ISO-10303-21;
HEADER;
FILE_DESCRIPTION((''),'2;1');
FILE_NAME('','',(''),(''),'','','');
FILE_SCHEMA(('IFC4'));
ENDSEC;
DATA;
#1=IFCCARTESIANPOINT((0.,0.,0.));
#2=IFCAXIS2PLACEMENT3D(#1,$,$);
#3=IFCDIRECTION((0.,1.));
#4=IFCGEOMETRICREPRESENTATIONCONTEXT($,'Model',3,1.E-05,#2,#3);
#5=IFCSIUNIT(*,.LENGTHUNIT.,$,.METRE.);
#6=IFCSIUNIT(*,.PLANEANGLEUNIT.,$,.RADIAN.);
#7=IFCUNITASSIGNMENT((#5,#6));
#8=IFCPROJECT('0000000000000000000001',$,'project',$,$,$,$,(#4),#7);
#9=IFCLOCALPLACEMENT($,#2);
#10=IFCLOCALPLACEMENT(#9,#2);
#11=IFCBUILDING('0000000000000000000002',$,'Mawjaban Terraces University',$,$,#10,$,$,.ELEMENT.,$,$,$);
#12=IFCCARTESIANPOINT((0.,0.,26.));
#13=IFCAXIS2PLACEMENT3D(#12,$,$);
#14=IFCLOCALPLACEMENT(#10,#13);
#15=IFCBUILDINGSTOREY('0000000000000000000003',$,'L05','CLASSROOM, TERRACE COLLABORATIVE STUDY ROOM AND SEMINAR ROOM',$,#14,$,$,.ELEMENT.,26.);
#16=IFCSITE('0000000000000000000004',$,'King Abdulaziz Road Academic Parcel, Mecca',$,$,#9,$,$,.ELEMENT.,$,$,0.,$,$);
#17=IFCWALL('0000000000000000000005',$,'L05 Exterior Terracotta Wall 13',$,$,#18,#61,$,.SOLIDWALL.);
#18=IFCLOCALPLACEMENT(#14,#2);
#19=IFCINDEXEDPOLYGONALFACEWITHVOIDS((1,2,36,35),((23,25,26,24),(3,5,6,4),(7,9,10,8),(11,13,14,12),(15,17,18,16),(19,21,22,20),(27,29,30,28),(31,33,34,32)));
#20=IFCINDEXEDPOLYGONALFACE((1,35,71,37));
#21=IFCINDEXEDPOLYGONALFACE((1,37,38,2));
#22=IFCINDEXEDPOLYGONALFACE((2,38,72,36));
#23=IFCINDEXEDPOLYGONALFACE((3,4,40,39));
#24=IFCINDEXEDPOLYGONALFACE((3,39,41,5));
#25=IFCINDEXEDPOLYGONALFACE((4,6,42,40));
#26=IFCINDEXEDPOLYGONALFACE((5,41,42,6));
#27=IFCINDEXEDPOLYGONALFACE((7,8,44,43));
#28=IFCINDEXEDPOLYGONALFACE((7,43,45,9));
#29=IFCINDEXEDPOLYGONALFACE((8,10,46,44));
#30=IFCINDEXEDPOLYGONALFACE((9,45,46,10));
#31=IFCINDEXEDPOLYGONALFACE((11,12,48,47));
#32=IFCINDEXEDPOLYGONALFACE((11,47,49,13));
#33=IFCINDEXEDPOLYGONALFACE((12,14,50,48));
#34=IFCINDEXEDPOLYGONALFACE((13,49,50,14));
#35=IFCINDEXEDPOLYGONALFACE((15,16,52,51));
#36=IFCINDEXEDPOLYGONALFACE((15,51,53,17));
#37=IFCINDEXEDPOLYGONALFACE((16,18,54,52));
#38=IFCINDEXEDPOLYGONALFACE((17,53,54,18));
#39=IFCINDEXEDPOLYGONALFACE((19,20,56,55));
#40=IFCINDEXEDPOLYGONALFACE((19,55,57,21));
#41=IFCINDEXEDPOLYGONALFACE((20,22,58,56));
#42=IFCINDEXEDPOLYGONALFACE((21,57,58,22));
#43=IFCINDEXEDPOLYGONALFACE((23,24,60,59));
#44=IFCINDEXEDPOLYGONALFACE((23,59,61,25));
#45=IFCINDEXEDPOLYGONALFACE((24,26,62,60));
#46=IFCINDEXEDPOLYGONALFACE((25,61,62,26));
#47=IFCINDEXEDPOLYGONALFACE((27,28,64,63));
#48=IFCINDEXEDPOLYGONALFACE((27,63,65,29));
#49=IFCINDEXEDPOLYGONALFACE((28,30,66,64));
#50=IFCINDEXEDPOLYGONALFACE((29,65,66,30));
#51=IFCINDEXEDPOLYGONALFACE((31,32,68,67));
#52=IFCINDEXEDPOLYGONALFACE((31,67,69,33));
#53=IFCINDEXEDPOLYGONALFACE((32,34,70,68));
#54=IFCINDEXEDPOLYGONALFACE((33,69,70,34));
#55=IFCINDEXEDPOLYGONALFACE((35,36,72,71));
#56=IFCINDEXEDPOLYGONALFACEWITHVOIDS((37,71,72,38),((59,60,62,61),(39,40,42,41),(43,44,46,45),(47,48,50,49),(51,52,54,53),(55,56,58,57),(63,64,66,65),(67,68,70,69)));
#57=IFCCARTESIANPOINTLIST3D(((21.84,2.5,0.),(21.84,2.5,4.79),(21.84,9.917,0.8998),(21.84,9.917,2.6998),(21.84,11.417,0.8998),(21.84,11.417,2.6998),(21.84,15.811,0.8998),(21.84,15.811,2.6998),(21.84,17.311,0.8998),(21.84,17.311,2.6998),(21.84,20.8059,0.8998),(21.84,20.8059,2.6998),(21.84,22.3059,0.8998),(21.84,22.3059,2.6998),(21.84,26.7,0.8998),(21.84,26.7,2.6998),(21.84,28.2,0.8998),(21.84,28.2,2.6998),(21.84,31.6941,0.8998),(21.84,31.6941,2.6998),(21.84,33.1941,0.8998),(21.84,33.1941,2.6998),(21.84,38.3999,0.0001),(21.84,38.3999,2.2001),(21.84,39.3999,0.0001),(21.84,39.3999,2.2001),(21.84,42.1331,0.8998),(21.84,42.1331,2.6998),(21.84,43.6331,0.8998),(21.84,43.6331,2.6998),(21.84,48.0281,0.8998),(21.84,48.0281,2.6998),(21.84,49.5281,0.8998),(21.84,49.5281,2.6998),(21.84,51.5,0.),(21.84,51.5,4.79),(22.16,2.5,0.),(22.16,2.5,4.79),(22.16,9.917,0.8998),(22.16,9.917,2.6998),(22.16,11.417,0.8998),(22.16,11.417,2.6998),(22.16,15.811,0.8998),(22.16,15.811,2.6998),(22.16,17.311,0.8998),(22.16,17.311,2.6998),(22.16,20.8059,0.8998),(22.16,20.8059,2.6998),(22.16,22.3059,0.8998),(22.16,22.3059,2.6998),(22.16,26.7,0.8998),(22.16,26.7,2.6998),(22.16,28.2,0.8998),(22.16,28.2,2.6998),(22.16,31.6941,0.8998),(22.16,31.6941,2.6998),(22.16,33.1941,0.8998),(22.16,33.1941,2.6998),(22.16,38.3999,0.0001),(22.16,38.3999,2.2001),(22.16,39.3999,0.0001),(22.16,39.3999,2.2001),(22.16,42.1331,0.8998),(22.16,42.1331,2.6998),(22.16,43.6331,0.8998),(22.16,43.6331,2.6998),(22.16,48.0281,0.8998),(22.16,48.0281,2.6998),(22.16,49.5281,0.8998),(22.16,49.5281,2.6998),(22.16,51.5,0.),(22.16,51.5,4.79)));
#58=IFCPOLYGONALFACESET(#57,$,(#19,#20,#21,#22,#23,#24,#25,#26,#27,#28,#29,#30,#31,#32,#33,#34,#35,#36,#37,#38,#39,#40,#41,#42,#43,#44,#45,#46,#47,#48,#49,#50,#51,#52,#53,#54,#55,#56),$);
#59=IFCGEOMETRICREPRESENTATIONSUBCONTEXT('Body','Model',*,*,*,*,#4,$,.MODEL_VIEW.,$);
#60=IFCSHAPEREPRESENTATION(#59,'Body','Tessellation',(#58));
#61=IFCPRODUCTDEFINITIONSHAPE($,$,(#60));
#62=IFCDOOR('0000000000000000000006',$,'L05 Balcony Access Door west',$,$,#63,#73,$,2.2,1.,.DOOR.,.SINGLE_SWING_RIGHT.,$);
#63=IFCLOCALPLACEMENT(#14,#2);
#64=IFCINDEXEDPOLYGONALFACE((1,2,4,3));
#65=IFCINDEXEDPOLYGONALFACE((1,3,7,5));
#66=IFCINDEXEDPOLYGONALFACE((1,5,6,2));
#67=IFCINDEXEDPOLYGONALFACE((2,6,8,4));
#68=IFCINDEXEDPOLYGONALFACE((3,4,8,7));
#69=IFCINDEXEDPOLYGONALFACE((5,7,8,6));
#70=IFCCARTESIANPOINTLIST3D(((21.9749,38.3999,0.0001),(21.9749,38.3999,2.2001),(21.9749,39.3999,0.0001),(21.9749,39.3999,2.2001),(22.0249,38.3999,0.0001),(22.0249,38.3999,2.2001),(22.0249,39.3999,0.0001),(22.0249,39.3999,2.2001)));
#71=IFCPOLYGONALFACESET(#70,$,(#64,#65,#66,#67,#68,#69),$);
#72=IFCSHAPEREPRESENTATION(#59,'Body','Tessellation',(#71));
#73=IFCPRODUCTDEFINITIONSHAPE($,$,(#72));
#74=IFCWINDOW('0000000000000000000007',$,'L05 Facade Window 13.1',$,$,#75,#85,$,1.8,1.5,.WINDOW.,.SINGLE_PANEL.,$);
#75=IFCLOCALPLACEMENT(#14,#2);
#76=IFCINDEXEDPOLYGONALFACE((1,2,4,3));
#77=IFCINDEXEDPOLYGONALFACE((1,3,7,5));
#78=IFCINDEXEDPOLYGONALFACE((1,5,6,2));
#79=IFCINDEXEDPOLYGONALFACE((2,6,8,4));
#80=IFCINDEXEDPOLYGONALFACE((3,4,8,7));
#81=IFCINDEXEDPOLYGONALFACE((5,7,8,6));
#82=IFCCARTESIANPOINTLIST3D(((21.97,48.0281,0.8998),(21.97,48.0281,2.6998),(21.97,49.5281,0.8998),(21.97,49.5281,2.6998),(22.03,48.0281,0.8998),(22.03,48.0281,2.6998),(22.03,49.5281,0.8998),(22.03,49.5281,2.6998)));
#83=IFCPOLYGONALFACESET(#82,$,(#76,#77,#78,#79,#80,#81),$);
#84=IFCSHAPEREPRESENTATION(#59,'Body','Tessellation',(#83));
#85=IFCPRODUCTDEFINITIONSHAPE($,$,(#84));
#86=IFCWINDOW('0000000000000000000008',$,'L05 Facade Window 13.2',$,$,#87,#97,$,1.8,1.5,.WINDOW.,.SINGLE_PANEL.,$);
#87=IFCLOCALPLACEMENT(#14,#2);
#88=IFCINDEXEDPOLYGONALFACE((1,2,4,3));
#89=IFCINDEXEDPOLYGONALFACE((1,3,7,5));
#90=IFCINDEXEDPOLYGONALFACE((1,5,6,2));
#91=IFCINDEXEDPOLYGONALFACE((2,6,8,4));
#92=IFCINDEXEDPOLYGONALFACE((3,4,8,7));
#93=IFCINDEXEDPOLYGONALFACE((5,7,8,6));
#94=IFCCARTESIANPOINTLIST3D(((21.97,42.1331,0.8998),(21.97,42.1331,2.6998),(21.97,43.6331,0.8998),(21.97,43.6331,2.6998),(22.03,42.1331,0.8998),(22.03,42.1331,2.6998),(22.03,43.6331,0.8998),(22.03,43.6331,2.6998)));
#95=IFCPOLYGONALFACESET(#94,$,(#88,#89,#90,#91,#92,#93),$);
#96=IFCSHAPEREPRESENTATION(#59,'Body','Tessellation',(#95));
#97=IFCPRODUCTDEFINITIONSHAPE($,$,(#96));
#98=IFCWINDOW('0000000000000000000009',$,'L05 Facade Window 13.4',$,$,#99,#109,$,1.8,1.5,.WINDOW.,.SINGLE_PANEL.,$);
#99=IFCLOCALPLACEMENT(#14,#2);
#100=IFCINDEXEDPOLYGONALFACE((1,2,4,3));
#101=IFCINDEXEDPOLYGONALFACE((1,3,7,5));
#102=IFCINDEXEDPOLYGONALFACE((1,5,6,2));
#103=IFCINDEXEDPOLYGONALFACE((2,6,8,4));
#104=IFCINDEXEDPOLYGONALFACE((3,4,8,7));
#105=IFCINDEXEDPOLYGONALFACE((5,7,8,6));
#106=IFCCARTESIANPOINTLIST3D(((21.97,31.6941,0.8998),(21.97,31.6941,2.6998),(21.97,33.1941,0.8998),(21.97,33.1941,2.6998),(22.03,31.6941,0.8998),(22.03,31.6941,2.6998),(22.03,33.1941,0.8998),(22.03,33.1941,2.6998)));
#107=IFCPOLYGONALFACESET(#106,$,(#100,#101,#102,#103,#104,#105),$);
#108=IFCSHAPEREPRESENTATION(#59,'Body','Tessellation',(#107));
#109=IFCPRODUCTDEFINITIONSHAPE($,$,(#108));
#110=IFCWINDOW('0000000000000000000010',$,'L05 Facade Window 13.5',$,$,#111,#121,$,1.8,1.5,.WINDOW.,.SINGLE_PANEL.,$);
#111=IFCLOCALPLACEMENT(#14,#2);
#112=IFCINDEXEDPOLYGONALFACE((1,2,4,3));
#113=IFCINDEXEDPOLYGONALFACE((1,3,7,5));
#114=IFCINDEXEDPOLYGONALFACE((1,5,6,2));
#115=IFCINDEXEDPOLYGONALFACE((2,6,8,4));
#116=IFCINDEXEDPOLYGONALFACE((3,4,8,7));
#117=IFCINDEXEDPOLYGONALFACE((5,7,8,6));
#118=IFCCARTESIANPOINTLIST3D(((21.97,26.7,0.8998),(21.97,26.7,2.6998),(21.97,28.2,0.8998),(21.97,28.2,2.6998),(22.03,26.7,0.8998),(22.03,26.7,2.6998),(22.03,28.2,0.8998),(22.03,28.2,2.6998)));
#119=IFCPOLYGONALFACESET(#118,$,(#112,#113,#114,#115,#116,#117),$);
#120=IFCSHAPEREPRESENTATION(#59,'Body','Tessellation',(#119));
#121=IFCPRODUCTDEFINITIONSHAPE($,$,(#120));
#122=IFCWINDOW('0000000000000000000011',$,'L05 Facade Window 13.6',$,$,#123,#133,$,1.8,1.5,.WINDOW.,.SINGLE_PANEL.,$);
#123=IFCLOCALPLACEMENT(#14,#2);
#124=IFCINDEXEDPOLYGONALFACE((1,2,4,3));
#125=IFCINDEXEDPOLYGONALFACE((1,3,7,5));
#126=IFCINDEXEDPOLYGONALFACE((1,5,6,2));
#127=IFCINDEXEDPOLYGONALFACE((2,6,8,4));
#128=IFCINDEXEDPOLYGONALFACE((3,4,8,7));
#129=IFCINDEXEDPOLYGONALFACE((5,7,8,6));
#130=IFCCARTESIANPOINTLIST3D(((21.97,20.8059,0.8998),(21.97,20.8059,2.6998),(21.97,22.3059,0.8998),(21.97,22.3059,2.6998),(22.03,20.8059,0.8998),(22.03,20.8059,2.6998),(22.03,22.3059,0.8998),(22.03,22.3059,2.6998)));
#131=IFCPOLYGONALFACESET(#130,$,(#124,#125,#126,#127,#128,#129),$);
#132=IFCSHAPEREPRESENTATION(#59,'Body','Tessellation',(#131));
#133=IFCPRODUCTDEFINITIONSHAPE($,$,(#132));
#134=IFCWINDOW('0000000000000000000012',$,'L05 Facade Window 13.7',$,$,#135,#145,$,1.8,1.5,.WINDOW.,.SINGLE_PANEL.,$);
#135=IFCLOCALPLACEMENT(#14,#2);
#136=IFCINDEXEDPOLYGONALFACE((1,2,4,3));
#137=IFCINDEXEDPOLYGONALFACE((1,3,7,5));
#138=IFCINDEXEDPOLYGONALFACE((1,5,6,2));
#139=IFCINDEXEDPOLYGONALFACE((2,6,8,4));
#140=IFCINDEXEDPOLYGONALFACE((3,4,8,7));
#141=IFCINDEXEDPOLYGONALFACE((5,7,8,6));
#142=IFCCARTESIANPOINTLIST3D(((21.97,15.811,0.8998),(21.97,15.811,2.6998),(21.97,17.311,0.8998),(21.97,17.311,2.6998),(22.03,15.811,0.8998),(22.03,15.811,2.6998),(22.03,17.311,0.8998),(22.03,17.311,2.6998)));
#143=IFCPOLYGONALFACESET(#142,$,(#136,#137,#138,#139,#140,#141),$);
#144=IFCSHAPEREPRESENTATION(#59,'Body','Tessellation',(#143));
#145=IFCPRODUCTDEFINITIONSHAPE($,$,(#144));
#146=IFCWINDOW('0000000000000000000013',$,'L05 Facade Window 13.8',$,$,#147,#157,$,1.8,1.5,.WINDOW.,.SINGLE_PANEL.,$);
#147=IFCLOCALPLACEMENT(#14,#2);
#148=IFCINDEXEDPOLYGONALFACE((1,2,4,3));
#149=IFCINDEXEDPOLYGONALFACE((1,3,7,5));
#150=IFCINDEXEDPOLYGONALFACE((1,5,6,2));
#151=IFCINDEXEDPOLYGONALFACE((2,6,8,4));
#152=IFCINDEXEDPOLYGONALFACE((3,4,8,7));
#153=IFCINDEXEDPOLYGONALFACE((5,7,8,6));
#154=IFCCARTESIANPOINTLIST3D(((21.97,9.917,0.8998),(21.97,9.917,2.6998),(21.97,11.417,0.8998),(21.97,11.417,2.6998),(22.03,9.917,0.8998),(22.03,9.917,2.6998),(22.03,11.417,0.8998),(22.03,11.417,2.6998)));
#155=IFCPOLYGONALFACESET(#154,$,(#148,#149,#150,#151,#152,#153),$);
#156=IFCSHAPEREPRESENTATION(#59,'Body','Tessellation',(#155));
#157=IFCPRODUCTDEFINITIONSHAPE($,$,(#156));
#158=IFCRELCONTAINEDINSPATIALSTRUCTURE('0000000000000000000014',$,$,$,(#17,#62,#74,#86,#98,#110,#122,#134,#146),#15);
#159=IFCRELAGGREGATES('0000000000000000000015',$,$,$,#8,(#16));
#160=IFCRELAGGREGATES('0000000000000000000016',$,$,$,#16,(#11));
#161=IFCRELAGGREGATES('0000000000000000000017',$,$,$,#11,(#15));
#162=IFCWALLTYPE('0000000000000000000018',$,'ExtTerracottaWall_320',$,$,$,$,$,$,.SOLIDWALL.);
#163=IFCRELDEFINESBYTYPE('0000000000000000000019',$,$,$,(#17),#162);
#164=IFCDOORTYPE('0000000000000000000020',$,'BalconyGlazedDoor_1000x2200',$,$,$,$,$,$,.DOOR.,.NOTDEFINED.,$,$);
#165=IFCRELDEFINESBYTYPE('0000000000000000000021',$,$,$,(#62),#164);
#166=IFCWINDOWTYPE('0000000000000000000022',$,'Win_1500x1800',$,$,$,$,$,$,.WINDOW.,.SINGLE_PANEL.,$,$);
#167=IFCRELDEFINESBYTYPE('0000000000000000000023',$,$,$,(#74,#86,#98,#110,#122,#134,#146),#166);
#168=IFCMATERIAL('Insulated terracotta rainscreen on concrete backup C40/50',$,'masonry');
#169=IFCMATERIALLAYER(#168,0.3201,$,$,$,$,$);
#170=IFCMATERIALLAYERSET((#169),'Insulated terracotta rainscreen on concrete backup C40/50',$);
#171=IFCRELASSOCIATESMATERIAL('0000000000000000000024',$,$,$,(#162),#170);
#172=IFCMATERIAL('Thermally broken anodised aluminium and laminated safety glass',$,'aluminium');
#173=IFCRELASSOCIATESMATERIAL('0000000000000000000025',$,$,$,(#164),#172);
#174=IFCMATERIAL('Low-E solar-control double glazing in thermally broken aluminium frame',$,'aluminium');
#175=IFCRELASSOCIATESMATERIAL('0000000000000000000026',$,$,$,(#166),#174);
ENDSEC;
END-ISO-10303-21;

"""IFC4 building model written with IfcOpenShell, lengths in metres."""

from ifc_helpers import new_model, si_unit, direction, frame, frame_2d, origin, place, context, subcontext, project, spatial, rectangle, extrude, material, layer, layer_set, type_object, element, fill, save


model = new_model("IFC4")

# Units and contexts
model_context = context("Model", 3, precision=1e-05, world=origin(), true_north=direction((0.0, 1.0)))
body_context = subcontext(model_context, "Body", "Model", "MODEL_VIEW")
ifc_project = project(units=[si_unit("LENGTHUNIT", "METRE"), si_unit("PLANEANGLEUNIT", "RADIAN")], contexts=[model_context])

# Site, building, storey
site_placement = place(None, origin())
site = spatial("IfcSite", under=ifc_project, at=site_placement, Name="King Abdulaziz Road Academic Parcel, Mecca", CompositionType="ELEMENT", RefElevation=0.0)
building_placement = place(site_placement, origin())
building = spatial("IfcBuilding", under=site, at=building_placement, Name="Mawjaban Terraces University", CompositionType="ELEMENT")
storey_placement = place(building_placement, frame((0.0, 0.0, 26.0)))
storey = spatial("IfcBuildingStorey", under=building, at=storey_placement, Name="L05", Description="CLASSROOM, TERRACE COLLABORATIVE STUDY ROOM AND SEMINAR ROOM", CompositionType="ELEMENT", Elevation=26.0)

# Shared definitions
ifc_material_1 = material(Name="Insulated terracotta rainscreen on concrete backup C40/50", Category="masonry")
ifc_layer_1 = layer(ifc_material_1, 0.3201)
ifc_layer_set_1 = layer_set([ifc_layer_1], Name="Insulated terracotta rainscreen on concrete backup C40/50")
wall_type_1 = type_object("IfcWallType", Name="ExtTerracottaWall_320", PredefinedType="SOLIDWALL", material=ifc_layer_set_1)

# Wall, openings, door, windows
wall_1_placement = place(storey_placement, frame((22.0, 51.5, 0.0), z_axis=(0.0, 0.0, 1.0), x_axis=(0.0, -1.0, 0.0)))
wall_1 = element("IfcWall", 1, at=wall_1_placement, inside=storey, type_object=wall_type_1, Name="L05 Exterior Terracotta Wall 13", PredefinedType="SOLIDWALL", context=body_context, shape_type="SweptSolid", body=[
    extrude(rectangle(XDim=49.0, YDim=0.3201, at=frame_2d((24.5, 0.0))), origin(), (0.0, 0.0, 1.0), 4.79),
])
opening_1_placement = place(wall_1_placement, frame((12.1001, 0.0, 0.0)))
opening_1 = element("IfcOpeningElement", 2, at=opening_1_placement, cuts=wall_1, PredefinedType="OPENING", context=body_context, shape_type="SweptSolid", body=[
    extrude(rectangle(XDim=1.0, YDim=2.2, at=frame_2d((0.5, 1.1001))), frame((0.0, 0.1699, 0.0), z_axis=(0.0, -1.0, 0.0), x_axis=(1.0, 0.0, 0.0)), (0.0, 0.0, 1.0), 0.3401),
])
opening_2_placement = place(wall_1_placement, frame((1.9719, 0.0, 0.8999)))
opening_2 = element("IfcOpeningElement", 3, at=opening_2_placement, cuts=wall_1, PredefinedType="OPENING", context=body_context, shape_type="SweptSolid", body=[
    extrude(rectangle(XDim=1.5, YDim=1.8, at=frame_2d((0.75, 0.8999))), frame((0.0, 0.1699, 0.0), z_axis=(0.0, -1.0, 0.0), x_axis=(1.0, 0.0, 0.0)), (0.0, 0.0, 1.0), 0.3401),
])
opening_3_placement = place(wall_1_placement, frame((7.8669, 0.0, 0.8999)))
opening_3 = element("IfcOpeningElement", 4, at=opening_3_placement, cuts=wall_1, PredefinedType="OPENING", context=body_context, shape_type="SweptSolid", body=[
    extrude(rectangle(XDim=1.5, YDim=1.8, at=frame_2d((0.75, 0.8999))), frame((0.0, 0.1699, 0.0), z_axis=(0.0, -1.0, 0.0), x_axis=(1.0, 0.0, 0.0)), (0.0, 0.0, 1.0), 0.3401),
])
opening_4_placement = place(wall_1_placement, frame((18.3059, 0.0, 0.8999)))
opening_4 = element("IfcOpeningElement", 5, at=opening_4_placement, cuts=wall_1, PredefinedType="OPENING", context=body_context, shape_type="SweptSolid", body=[
    extrude(rectangle(XDim=1.5, YDim=1.8, at=frame_2d((0.75, 0.8999))), frame((0.0, 0.1699, 0.0), z_axis=(0.0, -1.0, 0.0), x_axis=(1.0, 0.0, 0.0)), (0.0, 0.0, 1.0), 0.3401),
])
opening_5_placement = place(wall_1_placement, frame((23.3, 0.0, 0.8999)))
opening_5 = element("IfcOpeningElement", 6, at=opening_5_placement, cuts=wall_1, PredefinedType="OPENING", context=body_context, shape_type="SweptSolid", body=[
    extrude(rectangle(XDim=1.5, YDim=1.8, at=frame_2d((0.75, 0.8999))), frame((0.0, 0.1699, 0.0), z_axis=(0.0, -1.0, 0.0), x_axis=(1.0, 0.0, 0.0)), (0.0, 0.0, 1.0), 0.3401),
])
opening_6_placement = place(wall_1_placement, frame((29.1941, 0.0, 0.8999)))
opening_6 = element("IfcOpeningElement", 7, at=opening_6_placement, cuts=wall_1, PredefinedType="OPENING", context=body_context, shape_type="SweptSolid", body=[
    extrude(rectangle(XDim=1.5, YDim=1.8, at=frame_2d((0.75, 0.8999))), frame((0.0, 0.1699, 0.0), z_axis=(0.0, -1.0, 0.0), x_axis=(1.0, 0.0, 0.0)), (0.0, 0.0, 1.0), 0.3401),
])
opening_7_placement = place(wall_1_placement, frame((34.189, 0.0, 0.8999)))
opening_7 = element("IfcOpeningElement", 8, at=opening_7_placement, cuts=wall_1, PredefinedType="OPENING", context=body_context, shape_type="SweptSolid", body=[
    extrude(rectangle(XDim=1.5, YDim=1.8, at=frame_2d((0.75, 0.8999))), frame((0.0, 0.1699, 0.0), z_axis=(0.0, -1.0, 0.0), x_axis=(1.0, 0.0, 0.0)), (0.0, 0.0, 1.0), 0.3401),
])
opening_8_placement = place(wall_1_placement, frame((40.083, 0.0, 0.8999)))
opening_8 = element("IfcOpeningElement", 9, at=opening_8_placement, cuts=wall_1, PredefinedType="OPENING", context=body_context, shape_type="SweptSolid", body=[
    extrude(rectangle(XDim=1.5, YDim=1.8, at=frame_2d((0.75, 0.8999))), frame((0.0, 0.1699, 0.0), z_axis=(0.0, -1.0, 0.0), x_axis=(1.0, 0.0, 0.0)), (0.0, 0.0, 1.0), 0.3401),
])
ifc_material_2 = material(Name="Thermally broken anodised aluminium and laminated safety glass", Category="aluminium")
door_type_1 = type_object("IfcDoorType", Name="BalconyGlazedDoor_1000x2200", OperationType="NOTDEFINED", PredefinedType="DOOR", material=ifc_material_2)
door_1_placement = place(opening_1_placement, origin())
door_1 = element("IfcDoor", 10, at=door_1_placement, inside=storey, type_object=door_type_1, Name="L05 Balcony Access Door west", OperationType="SINGLE_SWING_RIGHT", OverallHeight=2.2, OverallWidth=1.0, PredefinedType="DOOR", context=body_context, shape_type="SweptSolid", body=[
    extrude(rectangle(XDim=1.0, YDim=2.2, at=frame_2d((0.5, 1.1001))), frame((0.0, 0.0249, 0.0), z_axis=(0.0, -1.0, 0.0), x_axis=(1.0, 0.0, 0.0)), (0.0, 0.0, 1.0), 0.05),
])
fill(opening_1, door_1)
ifc_material_3 = material(Name="Low-E solar-control double glazing in thermally broken aluminium frame", Category="aluminium")
window_type = type_object("IfcWindowType", Name="Win_1500x1800", PartitioningType="SINGLE_PANEL", PredefinedType="WINDOW", material=ifc_material_3)
window_1_placement = place(opening_2_placement, origin())
window_1 = element("IfcWindow", 11, at=window_1_placement, inside=storey, type_object=window_type, Name="L05 Facade Window 13.1", OverallHeight=1.8, OverallWidth=1.5, PartitioningType="SINGLE_PANEL", PredefinedType="WINDOW", context=body_context, shape_type="SweptSolid", body=[
    extrude(rectangle(XDim=1.5, YDim=1.8, at=frame_2d((0.75, 0.8999))), frame((0.0, 0.03, 0.0), z_axis=(0.0, -1.0, 0.0), x_axis=(1.0, 0.0, 0.0)), (0.0, 0.0, 1.0), 0.0601),
])
fill(opening_2, window_1)
window_2_placement = place(opening_3_placement, origin())
window_2 = element("IfcWindow", 12, at=window_2_placement, inside=storey, type_object=window_type, Name="L05 Facade Window 13.2", OverallHeight=1.8, OverallWidth=1.5, PartitioningType="SINGLE_PANEL", PredefinedType="WINDOW", context=body_context, shape_type="SweptSolid", body=[
    extrude(rectangle(XDim=1.5, YDim=1.8, at=frame_2d((0.75, 0.8999))), frame((0.0, 0.03, 0.0), z_axis=(0.0, -1.0, 0.0), x_axis=(1.0, 0.0, 0.0)), (0.0, 0.0, 1.0), 0.0601),
])
fill(opening_3, window_2)
window_3_placement = place(opening_4_placement, origin())
window_3 = element("IfcWindow", 13, at=window_3_placement, inside=storey, type_object=window_type, Name="L05 Facade Window 13.4", OverallHeight=1.8, OverallWidth=1.5, PartitioningType="SINGLE_PANEL", PredefinedType="WINDOW", context=body_context, shape_type="SweptSolid", body=[
    extrude(rectangle(XDim=1.5, YDim=1.8, at=frame_2d((0.75, 0.8999))), frame((0.0, 0.03, 0.0), z_axis=(0.0, -1.0, 0.0), x_axis=(1.0, 0.0, 0.0)), (0.0, 0.0, 1.0), 0.0601),
])
fill(opening_4, window_3)
window_4_placement = place(opening_5_placement, origin())
window_4 = element("IfcWindow", 14, at=window_4_placement, inside=storey, type_object=window_type, Name="L05 Facade Window 13.5", OverallHeight=1.8, OverallWidth=1.5, PartitioningType="SINGLE_PANEL", PredefinedType="WINDOW", context=body_context, shape_type="SweptSolid", body=[
    extrude(rectangle(XDim=1.5, YDim=1.8, at=frame_2d((0.75, 0.8999))), frame((0.0, 0.03, 0.0), z_axis=(0.0, -1.0, 0.0), x_axis=(1.0, 0.0, 0.0)), (0.0, 0.0, 1.0), 0.0601),
])
fill(opening_5, window_4)
window_5_placement = place(opening_6_placement, origin())
window_5 = element("IfcWindow", 15, at=window_5_placement, inside=storey, type_object=window_type, Name="L05 Facade Window 13.6", OverallHeight=1.8, OverallWidth=1.5, PartitioningType="SINGLE_PANEL", PredefinedType="WINDOW", context=body_context, shape_type="SweptSolid", body=[
    extrude(rectangle(XDim=1.5, YDim=1.8, at=frame_2d((0.75, 0.8999))), frame((0.0, 0.03, 0.0), z_axis=(0.0, -1.0, 0.0), x_axis=(1.0, 0.0, 0.0)), (0.0, 0.0, 1.0), 0.0601),
])
fill(opening_6, window_5)
window_6_placement = place(opening_7_placement, origin())
window_6 = element("IfcWindow", 16, at=window_6_placement, inside=storey, type_object=window_type, Name="L05 Facade Window 13.7", OverallHeight=1.8, OverallWidth=1.5, PartitioningType="SINGLE_PANEL", PredefinedType="WINDOW", context=body_context, shape_type="SweptSolid", body=[
    extrude(rectangle(XDim=1.5, YDim=1.8, at=frame_2d((0.75, 0.8999))), frame((0.0, 0.03, 0.0), z_axis=(0.0, -1.0, 0.0), x_axis=(1.0, 0.0, 0.0)), (0.0, 0.0, 1.0), 0.0601),
])
fill(opening_7, window_6)
window_7_placement = place(opening_8_placement, origin())
window_7 = element("IfcWindow", 17, at=window_7_placement, inside=storey, type_object=window_type, Name="L05 Facade Window 13.8", OverallHeight=1.8, OverallWidth=1.5, PartitioningType="SINGLE_PANEL", PredefinedType="WINDOW", context=body_context, shape_type="SweptSolid", body=[
    extrude(rectangle(XDim=1.5, YDim=1.8, at=frame_2d((0.75, 0.8999))), frame((0.0, 0.03, 0.0), z_axis=(0.0, -1.0, 0.0), x_axis=(1.0, 0.0, 0.0)), (0.0, 0.0, 1.0), 0.0601),
])
fill(opening_8, window_7)

save(model, "model.ifc")
